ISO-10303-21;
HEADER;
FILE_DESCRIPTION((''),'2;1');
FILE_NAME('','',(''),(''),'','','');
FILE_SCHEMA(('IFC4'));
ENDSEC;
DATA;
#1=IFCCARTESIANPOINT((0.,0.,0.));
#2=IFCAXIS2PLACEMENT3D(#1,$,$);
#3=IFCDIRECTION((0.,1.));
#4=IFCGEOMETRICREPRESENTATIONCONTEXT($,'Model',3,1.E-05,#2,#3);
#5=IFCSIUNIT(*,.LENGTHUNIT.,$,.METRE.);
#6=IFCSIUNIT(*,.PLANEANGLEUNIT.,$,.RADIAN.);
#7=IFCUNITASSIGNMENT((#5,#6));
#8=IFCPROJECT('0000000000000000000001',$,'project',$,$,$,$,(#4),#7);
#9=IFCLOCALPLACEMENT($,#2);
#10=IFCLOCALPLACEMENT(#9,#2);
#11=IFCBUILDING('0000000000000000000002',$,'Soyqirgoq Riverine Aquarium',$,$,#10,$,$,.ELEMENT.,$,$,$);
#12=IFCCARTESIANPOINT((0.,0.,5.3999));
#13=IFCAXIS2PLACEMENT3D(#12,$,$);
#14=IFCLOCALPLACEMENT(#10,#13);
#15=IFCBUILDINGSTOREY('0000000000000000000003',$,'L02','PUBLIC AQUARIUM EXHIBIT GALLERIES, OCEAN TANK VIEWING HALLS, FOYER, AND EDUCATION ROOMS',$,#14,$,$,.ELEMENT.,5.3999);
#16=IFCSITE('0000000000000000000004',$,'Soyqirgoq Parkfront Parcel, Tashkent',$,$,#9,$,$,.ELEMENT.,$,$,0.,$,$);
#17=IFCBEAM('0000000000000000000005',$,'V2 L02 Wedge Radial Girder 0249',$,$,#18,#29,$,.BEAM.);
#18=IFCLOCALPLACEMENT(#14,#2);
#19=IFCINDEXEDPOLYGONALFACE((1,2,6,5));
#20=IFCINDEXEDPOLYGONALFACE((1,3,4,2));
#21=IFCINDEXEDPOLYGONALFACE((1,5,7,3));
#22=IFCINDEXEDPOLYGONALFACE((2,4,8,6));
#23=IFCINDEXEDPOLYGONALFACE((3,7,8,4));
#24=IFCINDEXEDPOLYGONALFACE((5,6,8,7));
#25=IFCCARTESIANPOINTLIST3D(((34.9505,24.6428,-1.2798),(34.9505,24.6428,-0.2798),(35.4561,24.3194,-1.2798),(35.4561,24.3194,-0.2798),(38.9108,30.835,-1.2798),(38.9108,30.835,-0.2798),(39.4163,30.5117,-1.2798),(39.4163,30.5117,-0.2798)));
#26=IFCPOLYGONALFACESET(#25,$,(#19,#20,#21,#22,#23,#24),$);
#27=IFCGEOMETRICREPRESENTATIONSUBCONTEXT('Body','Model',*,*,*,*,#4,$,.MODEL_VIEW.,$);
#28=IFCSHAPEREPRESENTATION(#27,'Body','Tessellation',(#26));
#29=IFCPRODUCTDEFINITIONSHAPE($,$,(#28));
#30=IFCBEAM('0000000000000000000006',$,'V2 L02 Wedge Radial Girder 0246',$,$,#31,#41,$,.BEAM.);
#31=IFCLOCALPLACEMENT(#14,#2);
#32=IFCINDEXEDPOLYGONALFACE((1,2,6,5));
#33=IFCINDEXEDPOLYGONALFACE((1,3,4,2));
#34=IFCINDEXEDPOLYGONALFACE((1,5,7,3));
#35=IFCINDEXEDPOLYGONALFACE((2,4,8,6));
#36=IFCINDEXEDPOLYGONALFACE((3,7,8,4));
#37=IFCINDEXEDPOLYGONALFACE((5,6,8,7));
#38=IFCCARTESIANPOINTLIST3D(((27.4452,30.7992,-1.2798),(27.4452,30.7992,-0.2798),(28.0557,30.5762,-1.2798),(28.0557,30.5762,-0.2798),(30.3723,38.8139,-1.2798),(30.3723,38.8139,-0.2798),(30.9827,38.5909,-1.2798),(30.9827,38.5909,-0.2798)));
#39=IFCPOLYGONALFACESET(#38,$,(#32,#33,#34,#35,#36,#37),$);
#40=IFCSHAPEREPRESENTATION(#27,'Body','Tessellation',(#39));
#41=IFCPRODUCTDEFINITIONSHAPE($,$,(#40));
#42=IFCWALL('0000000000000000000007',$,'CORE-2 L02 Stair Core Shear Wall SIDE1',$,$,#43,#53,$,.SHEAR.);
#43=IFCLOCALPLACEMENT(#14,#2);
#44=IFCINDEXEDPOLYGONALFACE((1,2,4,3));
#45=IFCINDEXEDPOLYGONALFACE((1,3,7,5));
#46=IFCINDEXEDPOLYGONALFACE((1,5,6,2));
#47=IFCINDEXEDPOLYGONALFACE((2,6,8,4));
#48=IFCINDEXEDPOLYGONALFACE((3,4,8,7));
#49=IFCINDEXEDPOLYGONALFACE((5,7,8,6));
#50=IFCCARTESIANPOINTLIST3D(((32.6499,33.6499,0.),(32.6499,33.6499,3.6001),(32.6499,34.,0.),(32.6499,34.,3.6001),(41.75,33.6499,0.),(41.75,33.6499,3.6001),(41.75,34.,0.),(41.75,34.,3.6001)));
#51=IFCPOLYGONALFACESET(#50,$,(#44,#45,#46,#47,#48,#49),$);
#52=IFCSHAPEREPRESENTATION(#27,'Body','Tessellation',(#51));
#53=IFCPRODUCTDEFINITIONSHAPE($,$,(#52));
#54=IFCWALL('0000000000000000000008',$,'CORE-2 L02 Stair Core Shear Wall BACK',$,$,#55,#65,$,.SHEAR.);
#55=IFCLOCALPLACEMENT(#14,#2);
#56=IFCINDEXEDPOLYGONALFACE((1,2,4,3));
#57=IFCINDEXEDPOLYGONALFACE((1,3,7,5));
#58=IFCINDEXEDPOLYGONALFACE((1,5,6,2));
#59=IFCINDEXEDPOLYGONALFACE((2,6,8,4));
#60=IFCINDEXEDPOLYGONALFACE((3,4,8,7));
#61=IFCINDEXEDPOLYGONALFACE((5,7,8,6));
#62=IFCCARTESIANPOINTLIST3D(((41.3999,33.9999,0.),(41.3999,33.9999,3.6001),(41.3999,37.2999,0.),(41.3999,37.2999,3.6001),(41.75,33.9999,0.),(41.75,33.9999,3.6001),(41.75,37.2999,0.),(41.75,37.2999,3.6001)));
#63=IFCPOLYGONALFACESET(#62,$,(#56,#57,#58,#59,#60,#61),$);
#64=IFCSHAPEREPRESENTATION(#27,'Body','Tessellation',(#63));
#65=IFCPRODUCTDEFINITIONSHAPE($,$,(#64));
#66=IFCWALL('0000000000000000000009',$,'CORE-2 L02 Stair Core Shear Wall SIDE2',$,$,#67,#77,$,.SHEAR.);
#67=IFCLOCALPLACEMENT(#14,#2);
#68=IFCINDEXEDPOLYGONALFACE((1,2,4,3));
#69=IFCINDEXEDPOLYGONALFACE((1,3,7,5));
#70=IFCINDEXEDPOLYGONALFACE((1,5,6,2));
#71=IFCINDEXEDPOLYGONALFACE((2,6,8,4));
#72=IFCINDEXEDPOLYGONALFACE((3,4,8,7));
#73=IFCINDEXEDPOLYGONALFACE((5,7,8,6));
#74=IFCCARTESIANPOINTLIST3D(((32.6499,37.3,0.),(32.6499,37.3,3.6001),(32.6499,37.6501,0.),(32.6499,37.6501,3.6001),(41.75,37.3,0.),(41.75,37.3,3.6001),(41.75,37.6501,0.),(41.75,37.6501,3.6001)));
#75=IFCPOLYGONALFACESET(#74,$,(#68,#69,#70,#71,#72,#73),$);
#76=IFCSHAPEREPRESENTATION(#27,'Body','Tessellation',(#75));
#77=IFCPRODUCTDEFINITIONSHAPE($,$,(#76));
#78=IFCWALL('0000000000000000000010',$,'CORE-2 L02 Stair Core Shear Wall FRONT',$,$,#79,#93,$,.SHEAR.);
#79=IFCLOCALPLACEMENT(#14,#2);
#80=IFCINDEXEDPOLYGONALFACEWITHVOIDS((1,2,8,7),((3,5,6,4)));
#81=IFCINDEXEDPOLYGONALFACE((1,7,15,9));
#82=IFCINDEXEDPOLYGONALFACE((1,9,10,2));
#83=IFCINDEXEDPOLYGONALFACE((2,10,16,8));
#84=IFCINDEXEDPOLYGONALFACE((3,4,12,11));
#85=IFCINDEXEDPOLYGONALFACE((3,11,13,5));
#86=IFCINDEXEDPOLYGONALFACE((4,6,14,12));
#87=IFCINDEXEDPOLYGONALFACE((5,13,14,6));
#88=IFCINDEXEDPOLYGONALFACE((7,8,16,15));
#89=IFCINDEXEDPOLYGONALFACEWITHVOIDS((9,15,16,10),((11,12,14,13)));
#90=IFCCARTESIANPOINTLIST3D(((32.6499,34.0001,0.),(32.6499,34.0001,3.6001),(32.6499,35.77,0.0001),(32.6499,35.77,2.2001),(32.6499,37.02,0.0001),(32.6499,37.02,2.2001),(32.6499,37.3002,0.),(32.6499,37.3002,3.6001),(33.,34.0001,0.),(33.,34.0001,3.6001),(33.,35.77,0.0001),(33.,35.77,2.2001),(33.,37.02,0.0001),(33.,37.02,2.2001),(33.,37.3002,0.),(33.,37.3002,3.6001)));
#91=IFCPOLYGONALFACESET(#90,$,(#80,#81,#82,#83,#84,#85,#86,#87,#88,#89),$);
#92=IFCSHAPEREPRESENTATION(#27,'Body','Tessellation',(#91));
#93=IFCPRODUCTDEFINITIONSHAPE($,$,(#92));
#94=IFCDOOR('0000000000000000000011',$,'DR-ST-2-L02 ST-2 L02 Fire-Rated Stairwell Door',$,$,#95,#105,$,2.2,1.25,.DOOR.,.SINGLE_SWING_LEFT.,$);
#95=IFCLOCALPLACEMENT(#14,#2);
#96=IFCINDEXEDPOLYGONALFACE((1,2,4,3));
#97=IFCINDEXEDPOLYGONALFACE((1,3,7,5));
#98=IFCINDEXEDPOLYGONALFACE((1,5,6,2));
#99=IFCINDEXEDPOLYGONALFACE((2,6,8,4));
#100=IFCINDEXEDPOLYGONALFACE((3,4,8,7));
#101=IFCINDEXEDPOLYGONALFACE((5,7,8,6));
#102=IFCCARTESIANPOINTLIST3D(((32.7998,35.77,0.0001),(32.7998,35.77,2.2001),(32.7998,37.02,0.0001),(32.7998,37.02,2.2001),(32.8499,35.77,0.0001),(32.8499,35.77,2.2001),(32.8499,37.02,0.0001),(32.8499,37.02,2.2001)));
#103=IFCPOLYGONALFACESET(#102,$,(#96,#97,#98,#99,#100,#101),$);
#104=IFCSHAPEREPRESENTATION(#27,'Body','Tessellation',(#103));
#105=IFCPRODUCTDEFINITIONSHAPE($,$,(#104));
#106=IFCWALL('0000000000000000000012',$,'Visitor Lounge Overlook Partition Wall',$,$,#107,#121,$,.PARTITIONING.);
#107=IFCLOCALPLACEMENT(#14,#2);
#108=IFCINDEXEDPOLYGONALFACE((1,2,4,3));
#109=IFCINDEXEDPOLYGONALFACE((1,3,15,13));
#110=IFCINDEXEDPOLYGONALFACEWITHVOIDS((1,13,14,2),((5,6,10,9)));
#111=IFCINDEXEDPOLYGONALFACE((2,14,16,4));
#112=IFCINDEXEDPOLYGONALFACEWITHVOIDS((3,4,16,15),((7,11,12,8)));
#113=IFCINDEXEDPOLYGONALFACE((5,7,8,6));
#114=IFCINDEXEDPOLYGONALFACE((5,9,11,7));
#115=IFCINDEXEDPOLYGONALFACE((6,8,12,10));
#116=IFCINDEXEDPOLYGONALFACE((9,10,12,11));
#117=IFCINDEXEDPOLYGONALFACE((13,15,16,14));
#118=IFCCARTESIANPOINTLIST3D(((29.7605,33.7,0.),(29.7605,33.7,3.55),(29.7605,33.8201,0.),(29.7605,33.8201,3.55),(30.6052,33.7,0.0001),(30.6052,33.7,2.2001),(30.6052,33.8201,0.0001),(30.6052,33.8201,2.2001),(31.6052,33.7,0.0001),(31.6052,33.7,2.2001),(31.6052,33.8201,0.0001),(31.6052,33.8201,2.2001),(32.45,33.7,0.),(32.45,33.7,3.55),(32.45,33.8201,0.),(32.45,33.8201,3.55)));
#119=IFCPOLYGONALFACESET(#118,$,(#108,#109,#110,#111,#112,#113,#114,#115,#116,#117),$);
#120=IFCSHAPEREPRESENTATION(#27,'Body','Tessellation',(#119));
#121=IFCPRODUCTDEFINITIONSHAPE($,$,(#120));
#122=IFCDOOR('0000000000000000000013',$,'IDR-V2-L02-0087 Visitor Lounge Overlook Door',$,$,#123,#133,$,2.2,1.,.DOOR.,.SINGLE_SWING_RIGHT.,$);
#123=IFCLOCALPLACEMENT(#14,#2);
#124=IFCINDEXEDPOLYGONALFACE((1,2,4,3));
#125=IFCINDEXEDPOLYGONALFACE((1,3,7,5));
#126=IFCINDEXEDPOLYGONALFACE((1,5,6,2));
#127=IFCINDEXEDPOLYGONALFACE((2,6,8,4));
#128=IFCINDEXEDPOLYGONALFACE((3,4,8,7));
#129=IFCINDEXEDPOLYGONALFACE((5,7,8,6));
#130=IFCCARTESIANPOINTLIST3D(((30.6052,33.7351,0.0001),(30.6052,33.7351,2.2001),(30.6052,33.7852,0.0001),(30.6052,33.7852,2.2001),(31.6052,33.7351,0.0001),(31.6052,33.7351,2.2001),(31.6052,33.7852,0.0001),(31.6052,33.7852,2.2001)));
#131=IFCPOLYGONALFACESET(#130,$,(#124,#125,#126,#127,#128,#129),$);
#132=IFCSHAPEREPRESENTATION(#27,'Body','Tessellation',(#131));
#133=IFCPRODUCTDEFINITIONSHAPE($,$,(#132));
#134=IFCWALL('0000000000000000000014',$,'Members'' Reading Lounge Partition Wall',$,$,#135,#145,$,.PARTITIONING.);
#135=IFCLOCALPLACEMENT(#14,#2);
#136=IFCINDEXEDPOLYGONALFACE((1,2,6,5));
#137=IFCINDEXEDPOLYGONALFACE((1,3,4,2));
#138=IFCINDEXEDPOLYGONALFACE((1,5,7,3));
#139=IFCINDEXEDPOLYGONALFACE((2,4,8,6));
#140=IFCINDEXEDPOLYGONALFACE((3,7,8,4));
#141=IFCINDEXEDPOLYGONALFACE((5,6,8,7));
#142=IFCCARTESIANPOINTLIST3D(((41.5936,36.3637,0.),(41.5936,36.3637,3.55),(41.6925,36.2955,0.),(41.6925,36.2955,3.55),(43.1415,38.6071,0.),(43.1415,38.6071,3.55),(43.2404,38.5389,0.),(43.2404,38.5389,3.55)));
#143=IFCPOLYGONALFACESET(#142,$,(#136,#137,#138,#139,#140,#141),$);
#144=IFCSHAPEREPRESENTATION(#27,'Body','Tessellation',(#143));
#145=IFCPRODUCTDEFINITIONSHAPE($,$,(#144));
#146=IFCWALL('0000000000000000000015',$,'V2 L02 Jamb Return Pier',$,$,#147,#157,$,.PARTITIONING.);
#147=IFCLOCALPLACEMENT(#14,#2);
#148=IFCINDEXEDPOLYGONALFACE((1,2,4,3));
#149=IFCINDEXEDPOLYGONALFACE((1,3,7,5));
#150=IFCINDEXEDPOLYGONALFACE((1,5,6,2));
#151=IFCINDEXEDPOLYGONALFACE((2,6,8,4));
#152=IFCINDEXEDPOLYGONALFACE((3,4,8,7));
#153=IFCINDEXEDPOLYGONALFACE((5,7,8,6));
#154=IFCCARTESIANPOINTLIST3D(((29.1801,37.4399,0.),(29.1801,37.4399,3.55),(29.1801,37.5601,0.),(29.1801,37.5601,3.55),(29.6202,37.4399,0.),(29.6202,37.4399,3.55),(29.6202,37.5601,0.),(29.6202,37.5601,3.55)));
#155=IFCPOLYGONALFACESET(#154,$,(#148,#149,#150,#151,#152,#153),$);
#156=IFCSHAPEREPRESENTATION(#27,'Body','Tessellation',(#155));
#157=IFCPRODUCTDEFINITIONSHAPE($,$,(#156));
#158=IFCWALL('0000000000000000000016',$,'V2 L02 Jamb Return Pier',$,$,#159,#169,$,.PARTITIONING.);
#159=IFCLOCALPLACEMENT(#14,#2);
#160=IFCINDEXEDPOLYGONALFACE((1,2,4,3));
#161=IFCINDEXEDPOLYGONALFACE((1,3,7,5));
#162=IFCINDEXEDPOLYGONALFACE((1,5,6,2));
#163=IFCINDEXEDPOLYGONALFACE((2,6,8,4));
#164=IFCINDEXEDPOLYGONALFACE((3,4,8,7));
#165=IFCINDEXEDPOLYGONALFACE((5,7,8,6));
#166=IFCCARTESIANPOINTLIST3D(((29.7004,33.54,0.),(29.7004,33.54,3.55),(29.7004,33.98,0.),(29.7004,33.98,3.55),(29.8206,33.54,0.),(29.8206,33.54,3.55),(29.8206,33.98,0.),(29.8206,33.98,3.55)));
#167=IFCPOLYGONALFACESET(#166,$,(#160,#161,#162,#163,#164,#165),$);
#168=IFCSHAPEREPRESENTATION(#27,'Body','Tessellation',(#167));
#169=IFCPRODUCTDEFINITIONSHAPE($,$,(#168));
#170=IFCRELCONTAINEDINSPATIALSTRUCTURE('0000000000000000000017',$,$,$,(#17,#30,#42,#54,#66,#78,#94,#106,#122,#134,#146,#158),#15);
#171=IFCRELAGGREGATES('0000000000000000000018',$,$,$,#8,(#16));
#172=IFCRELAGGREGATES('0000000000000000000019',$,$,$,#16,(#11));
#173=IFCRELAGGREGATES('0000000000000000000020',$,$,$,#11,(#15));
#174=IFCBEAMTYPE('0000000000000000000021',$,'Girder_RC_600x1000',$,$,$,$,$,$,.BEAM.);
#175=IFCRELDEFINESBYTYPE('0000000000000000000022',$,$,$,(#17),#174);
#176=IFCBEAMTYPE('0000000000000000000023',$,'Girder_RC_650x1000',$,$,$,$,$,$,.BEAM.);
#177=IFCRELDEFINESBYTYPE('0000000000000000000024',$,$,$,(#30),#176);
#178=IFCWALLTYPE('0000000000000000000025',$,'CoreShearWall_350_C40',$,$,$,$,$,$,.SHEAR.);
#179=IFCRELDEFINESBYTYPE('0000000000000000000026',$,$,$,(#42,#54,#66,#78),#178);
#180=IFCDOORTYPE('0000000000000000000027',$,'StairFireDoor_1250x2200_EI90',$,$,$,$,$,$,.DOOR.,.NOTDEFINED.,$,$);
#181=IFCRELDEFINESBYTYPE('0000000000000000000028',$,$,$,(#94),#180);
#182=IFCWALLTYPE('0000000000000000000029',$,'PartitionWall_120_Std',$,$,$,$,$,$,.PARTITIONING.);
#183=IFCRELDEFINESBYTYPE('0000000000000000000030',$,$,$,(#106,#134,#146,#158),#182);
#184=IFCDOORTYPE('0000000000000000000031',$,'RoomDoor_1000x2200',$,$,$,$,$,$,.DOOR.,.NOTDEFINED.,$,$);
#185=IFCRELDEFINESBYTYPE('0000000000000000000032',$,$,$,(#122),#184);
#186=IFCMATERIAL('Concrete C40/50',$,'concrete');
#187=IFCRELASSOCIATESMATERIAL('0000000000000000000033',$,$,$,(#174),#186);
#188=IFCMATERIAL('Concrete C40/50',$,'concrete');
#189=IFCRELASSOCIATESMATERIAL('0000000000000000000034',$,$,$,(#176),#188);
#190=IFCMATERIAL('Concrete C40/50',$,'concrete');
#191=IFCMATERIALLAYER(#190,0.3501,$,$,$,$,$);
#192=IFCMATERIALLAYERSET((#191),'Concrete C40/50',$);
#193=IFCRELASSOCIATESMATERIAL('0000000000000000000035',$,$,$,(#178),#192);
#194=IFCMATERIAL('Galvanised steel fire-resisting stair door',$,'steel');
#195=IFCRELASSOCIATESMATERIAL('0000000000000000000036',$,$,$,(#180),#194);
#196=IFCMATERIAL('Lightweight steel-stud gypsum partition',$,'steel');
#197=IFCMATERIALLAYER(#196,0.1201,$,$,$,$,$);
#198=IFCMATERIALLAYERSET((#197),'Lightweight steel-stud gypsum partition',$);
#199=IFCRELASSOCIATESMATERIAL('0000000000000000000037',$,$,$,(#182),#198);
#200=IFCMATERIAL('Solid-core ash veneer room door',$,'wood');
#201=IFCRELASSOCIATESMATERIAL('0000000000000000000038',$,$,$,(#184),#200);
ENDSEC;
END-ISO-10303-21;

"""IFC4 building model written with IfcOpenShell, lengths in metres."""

from ifc_helpers import new_model, si_unit, direction, frame, frame_2d, origin, origin_2d, place, context, subcontext, project, spatial, rectangle, extrude, material, layer, layer_set, material_profile, profile_set, type_object, element, fill, save


model = new_model("IFC4")

# Units and contexts
model_context = context("Model", 3, precision=1e-05, world=origin(), true_north=direction((0.0, 1.0)))
body_context = subcontext(model_context, "Body", "Model", "MODEL_VIEW")
ifc_project = project(units=[si_unit("LENGTHUNIT", "METRE"), si_unit("PLANEANGLEUNIT", "RADIAN")], contexts=[model_context])

# Site, building, storey
site_placement = place(None, origin())
site = spatial("IfcSite", under=ifc_project, at=site_placement, Name="Soyqirgoq Parkfront Parcel, Tashkent", CompositionType="ELEMENT", RefElevation=0.0)
building_placement = place(site_placement, origin())
building = spatial("IfcBuilding", under=site, at=building_placement, Name="Soyqirgoq Riverine Aquarium", CompositionType="ELEMENT")
storey_placement = place(building_placement, frame((0.0, 0.0, 5.3999)))
storey = spatial("IfcBuildingStorey", under=building, at=storey_placement, Name="L02", Description="PUBLIC AQUARIUM EXHIBIT GALLERIES, OCEAN TANK VIEWING HALLS, FOYER, AND EDUCATION ROOMS", CompositionType="ELEMENT", Elevation=5.3999)

# Beams
ifc_material_1 = material(Name="Concrete C40/50", Category="concrete")
ifc_material_profile_1 = material_profile(ifc_material_1, rectangle(XDim=0.6001, YDim=1.0, at=origin_2d()), Name="RC 600x1000")
ifc_profile_set_1 = profile_set([ifc_material_profile_1], Name="Concrete C40/50")
beam_type_1 = type_object("IfcBeamType", Name="Girder_RC_600x1000", PredefinedType="BEAM", material=ifc_profile_set_1)
beam_1_placement = place(storey_placement, frame((39.1636, 30.6733, -0.7798), z_axis=(-0.538787, -0.842442, 0.0), x_axis=(0.842442, -0.538787, 0.0)))
element("IfcBeam", 1, at=beam_1_placement, inside=storey, type_object=beam_type_1, Name="V2 L02 Wedge Radial Girder 0249", PredefinedType="BEAM", context=body_context, shape_type="SweptSolid", body=[
    extrude(rectangle(XDim=0.6001, YDim=1.0, at=origin_2d()), origin(), (0.0, 0.0, 1.0), 7.3503),
])
ifc_material_2 = material(Name="Concrete C40/50", Category="concrete")
ifc_material_profile_2 = material_profile(ifc_material_2, rectangle(XDim=0.6499, YDim=1.0, at=origin_2d()), Name="RC 650x1000")
ifc_profile_set_2 = profile_set([ifc_material_profile_2], Name="Concrete C40/50")
beam_type_2 = type_object("IfcBeamType", Name="Girder_RC_650x1000", PredefinedType="BEAM", material=ifc_profile_set_2)
beam_2_placement = place(storey_placement, frame((30.6775, 38.7024, -0.7798), z_axis=(-0.343045, -0.939319, 0.0), x_axis=(0.939319, -0.343045, 0.0)))
element("IfcBeam", 2, at=beam_2_placement, inside=storey, type_object=beam_type_2, Name="V2 L02 Wedge Radial Girder 0246", PredefinedType="BEAM", context=body_context, shape_type="SweptSolid", body=[
    extrude(rectangle(XDim=0.6499, YDim=1.0, at=origin_2d()), origin(), (0.0, 0.0, 1.0), 8.5325),
])

# Walls
ifc_material_3 = material(Name="Concrete C40/50", Category="concrete")
ifc_layer_1 = layer(ifc_material_3, 0.3501)
ifc_layer_set_1 = layer_set([ifc_layer_1], Name="Concrete C40/50")
wall_type_1 = type_object("IfcWallType", Name="CoreShearWall_350_C40", PredefinedType="SHEAR", material=ifc_layer_set_1)
wall_1_placement = place(storey_placement, frame((32.6499, 33.825, 0.0), z_axis=(0.0, 0.0, 1.0), x_axis=(1.0, 0.0, 0.0)))
element("IfcWall", 3, at=wall_1_placement, inside=storey, type_object=wall_type_1, Name="CORE-2 L02 Stair Core Shear Wall SIDE1", PredefinedType="SHEAR", context=body_context, shape_type="SweptSolid", body=[
    extrude(rectangle(XDim=9.1001, YDim=0.3501, at=frame_2d((4.55, 0.0))), origin(), (0.0, 0.0, 1.0), 3.6001),
])
wall_2_placement = place(storey_placement, frame((41.575, 34.0, 0.0), z_axis=(0.0, 0.0, 1.0), x_axis=(0.0, 1.0, 0.0)))
element("IfcWall", 4, at=wall_2_placement, inside=storey, type_object=wall_type_1, Name="CORE-2 L02 Stair Core Shear Wall BACK", PredefinedType="SHEAR", context=body_context, shape_type="SweptSolid", body=[
    extrude(rectangle(XDim=3.3, YDim=0.3501, at=frame_2d((1.6499, 0.0))), origin(), (0.0, 0.0, 1.0), 3.6001),
])
wall_3_placement = place(storey_placement, frame((41.75, 37.4751, 0.0), z_axis=(0.0, 0.0, 1.0), x_axis=(-1.0, 0.0, 0.0)))
element("IfcWall", 5, at=wall_3_placement, inside=storey, type_object=wall_type_1, Name="CORE-2 L02 Stair Core Shear Wall SIDE2", PredefinedType="SHEAR", context=body_context, shape_type="SweptSolid", body=[
    extrude(rectangle(XDim=9.1001, YDim=0.3501, at=frame_2d((4.55, 0.0))), origin(), (0.0, 0.0, 1.0), 3.6001),
])

# Walls, openings, doors
wall_4_placement = place(storey_placement, frame((32.825, 37.3, 0.0), z_axis=(0.0, 0.0, 1.0), x_axis=(0.0, -1.0, 0.0)))
wall_4 = element("IfcWall", 6, at=wall_4_placement, inside=storey, type_object=wall_type_1, Name="CORE-2 L02 Stair Core Shear Wall FRONT", PredefinedType="SHEAR", context=body_context, shape_type="SweptSolid", body=[
    extrude(rectangle(XDim=3.3, YDim=0.3501, at=frame_2d((1.6499, 0.0))), origin(), (0.0, 0.0, 1.0), 3.6001),
])
opening_1_placement = place(wall_4_placement, frame((0.28, 0.0, 0.0)))
opening_1 = element("IfcOpeningElement", 7, at=opening_1_placement, cuts=wall_4, PredefinedType="OPENING", context=body_context, shape_type="SweptSolid", body=[
    extrude(rectangle(XDim=1.25, YDim=2.2, at=frame_2d((0.625, 1.1001))), frame((0.0, 0.1851, 0.0), z_axis=(0.0, -1.0, 0.0), x_axis=(1.0, 0.0, 0.0)), (0.0, 0.0, 1.0), 0.3701),
])
ifc_material_4 = material(Name="Galvanised steel fire-resisting stair door", Category="steel")
door_type_1 = type_object("IfcDoorType", Name="StairFireDoor_1250x2200_EI90", OperationType="NOTDEFINED", PredefinedType="DOOR", material=ifc_material_4)
door_1_placement = place(opening_1_placement, origin())
door_1 = element("IfcDoor", 8, at=door_1_placement, inside=storey, type_object=door_type_1, Name="DR-ST-2-L02 ST-2 L02 Fire-Rated Stairwell Door", OperationType="SINGLE_SWING_LEFT", OverallHeight=2.2, OverallWidth=1.25, PredefinedType="DOOR", context=body_context, shape_type="SweptSolid", body=[
    extrude(rectangle(XDim=1.25, YDim=2.2, at=frame_2d((0.625, 1.1001))), frame((0.0, 0.0249, 0.0), z_axis=(0.0, -1.0, 0.0), x_axis=(1.0, 0.0, 0.0)), (0.0, 0.0, 1.0), 0.05),
])
fill(opening_1, door_1)
ifc_material_5 = material(Name="Lightweight steel-stud gypsum partition", Category="steel")
ifc_layer_2 = layer(ifc_material_5, 0.1201)
ifc_layer_set_2 = layer_set([ifc_layer_2], Name="Lightweight steel-stud gypsum partition")
wall_type_2 = type_object("IfcWallType", Name="PartitionWall_120_Std", PredefinedType="PARTITIONING", material=ifc_layer_set_2)
wall_5_placement = place(storey_placement, frame((32.45, 33.76, 0.0), z_axis=(0.0, 0.0, 1.0), x_axis=(-1.0, 0.0, 0.0)))
wall_5 = element("IfcWall", 9, at=wall_5_placement, inside=storey, type_object=wall_type_2, Name="Visitor Lounge Overlook Partition Wall", PredefinedType="PARTITIONING", context=body_context, shape_type="SweptSolid", body=[
    extrude(rectangle(XDim=2.6895, YDim=0.1201, at=frame_2d((1.3447, 0.0))), origin(), (0.0, 0.0, 1.0), 3.55),
])
opening_2_placement = place(wall_5_placement, frame((0.8447, 0.0, 0.0)))
opening_2 = element("IfcOpeningElement", 10, at=opening_2_placement, cuts=wall_5, PredefinedType="OPENING", context=body_context, shape_type="SweptSolid", body=[
    extrude(rectangle(XDim=1.0, YDim=2.2, at=frame_2d((0.5, 1.1001))), frame((0.0, 0.0701, 0.0), z_axis=(0.0, -1.0, 0.0), x_axis=(1.0, 0.0, 0.0)), (0.0, 0.0, 1.0), 0.1401),
])
ifc_material_6 = material(Name="Solid-core ash veneer room door", Category="wood")
door_type_2 = type_object("IfcDoorType", Name="RoomDoor_1000x2200", OperationType="NOTDEFINED", PredefinedType="DOOR", material=ifc_material_6)
door_2_placement = place(opening_2_placement, origin())
door_2 = element("IfcDoor", 11, at=door_2_placement, inside=storey, type_object=door_type_2, Name="IDR-V2-L02-0087 Visitor Lounge Overlook Door", OperationType="SINGLE_SWING_RIGHT", OverallHeight=2.2, OverallWidth=1.0, PredefinedType="DOOR", context=body_context, shape_type="SweptSolid", body=[
    extrude(rectangle(XDim=1.0, YDim=2.2, at=frame_2d((0.5, 1.1001))), frame((0.0, 0.0249, 0.0), z_axis=(0.0, -1.0, 0.0), x_axis=(1.0, 0.0, 0.0)), (0.0, 0.0, 1.0), 0.05),
])
fill(opening_2, door_2)

# Walls
wall_6_placement = place(storey_placement, frame((41.6431, 36.3296, 0.0), z_axis=(0.0, 0.0, 1.0), x_axis=(0.5679, 0.823097, 0.0)))
element("IfcWall", 12, at=wall_6_placement, inside=storey, type_object=wall_type_2, Name="Members' Reading Lounge Partition Wall", PredefinedType="PARTITIONING", context=body_context, shape_type="SweptSolid", body=[
    extrude(rectangle(XDim=2.7256, YDim=0.1201, at=frame_2d((1.3628, 0.0))), origin(), (0.0, 0.0, 1.0), 3.55),
])
wall_7_placement = place(storey_placement, frame((29.1799, 37.5, 0.0), z_axis=(0.0, 0.0, 1.0), x_axis=(1.0, 0.0, 0.0)))
element("IfcWall", 13, at=wall_7_placement, inside=storey, type_object=wall_type_2, Name="V2 L02 Jamb Return Pier", PredefinedType="PARTITIONING", context=body_context, shape_type="SweptSolid", body=[
    extrude(rectangle(XDim=0.4402, YDim=0.1201, at=frame_2d((0.2202, 0.0))), origin(), (0.0, 0.0, 1.0), 3.55),
])
wall_8_placement = place(storey_placement, frame((29.7605, 33.98, 0.0), z_axis=(0.0, 0.0, 1.0), x_axis=(0.0, -1.0, 0.0)))
element("IfcWall", 14, at=wall_8_placement, inside=storey, type_object=wall_type_2, Name="V2 L02 Jamb Return Pier", PredefinedType="PARTITIONING", context=body_context, shape_type="SweptSolid", body=[
    extrude(rectangle(XDim=0.4399, YDim=0.1201, at=frame_2d((0.22, 0.0))), origin(), (0.0, 0.0, 1.0), 3.55),
])

save(model, "model.ifc")
